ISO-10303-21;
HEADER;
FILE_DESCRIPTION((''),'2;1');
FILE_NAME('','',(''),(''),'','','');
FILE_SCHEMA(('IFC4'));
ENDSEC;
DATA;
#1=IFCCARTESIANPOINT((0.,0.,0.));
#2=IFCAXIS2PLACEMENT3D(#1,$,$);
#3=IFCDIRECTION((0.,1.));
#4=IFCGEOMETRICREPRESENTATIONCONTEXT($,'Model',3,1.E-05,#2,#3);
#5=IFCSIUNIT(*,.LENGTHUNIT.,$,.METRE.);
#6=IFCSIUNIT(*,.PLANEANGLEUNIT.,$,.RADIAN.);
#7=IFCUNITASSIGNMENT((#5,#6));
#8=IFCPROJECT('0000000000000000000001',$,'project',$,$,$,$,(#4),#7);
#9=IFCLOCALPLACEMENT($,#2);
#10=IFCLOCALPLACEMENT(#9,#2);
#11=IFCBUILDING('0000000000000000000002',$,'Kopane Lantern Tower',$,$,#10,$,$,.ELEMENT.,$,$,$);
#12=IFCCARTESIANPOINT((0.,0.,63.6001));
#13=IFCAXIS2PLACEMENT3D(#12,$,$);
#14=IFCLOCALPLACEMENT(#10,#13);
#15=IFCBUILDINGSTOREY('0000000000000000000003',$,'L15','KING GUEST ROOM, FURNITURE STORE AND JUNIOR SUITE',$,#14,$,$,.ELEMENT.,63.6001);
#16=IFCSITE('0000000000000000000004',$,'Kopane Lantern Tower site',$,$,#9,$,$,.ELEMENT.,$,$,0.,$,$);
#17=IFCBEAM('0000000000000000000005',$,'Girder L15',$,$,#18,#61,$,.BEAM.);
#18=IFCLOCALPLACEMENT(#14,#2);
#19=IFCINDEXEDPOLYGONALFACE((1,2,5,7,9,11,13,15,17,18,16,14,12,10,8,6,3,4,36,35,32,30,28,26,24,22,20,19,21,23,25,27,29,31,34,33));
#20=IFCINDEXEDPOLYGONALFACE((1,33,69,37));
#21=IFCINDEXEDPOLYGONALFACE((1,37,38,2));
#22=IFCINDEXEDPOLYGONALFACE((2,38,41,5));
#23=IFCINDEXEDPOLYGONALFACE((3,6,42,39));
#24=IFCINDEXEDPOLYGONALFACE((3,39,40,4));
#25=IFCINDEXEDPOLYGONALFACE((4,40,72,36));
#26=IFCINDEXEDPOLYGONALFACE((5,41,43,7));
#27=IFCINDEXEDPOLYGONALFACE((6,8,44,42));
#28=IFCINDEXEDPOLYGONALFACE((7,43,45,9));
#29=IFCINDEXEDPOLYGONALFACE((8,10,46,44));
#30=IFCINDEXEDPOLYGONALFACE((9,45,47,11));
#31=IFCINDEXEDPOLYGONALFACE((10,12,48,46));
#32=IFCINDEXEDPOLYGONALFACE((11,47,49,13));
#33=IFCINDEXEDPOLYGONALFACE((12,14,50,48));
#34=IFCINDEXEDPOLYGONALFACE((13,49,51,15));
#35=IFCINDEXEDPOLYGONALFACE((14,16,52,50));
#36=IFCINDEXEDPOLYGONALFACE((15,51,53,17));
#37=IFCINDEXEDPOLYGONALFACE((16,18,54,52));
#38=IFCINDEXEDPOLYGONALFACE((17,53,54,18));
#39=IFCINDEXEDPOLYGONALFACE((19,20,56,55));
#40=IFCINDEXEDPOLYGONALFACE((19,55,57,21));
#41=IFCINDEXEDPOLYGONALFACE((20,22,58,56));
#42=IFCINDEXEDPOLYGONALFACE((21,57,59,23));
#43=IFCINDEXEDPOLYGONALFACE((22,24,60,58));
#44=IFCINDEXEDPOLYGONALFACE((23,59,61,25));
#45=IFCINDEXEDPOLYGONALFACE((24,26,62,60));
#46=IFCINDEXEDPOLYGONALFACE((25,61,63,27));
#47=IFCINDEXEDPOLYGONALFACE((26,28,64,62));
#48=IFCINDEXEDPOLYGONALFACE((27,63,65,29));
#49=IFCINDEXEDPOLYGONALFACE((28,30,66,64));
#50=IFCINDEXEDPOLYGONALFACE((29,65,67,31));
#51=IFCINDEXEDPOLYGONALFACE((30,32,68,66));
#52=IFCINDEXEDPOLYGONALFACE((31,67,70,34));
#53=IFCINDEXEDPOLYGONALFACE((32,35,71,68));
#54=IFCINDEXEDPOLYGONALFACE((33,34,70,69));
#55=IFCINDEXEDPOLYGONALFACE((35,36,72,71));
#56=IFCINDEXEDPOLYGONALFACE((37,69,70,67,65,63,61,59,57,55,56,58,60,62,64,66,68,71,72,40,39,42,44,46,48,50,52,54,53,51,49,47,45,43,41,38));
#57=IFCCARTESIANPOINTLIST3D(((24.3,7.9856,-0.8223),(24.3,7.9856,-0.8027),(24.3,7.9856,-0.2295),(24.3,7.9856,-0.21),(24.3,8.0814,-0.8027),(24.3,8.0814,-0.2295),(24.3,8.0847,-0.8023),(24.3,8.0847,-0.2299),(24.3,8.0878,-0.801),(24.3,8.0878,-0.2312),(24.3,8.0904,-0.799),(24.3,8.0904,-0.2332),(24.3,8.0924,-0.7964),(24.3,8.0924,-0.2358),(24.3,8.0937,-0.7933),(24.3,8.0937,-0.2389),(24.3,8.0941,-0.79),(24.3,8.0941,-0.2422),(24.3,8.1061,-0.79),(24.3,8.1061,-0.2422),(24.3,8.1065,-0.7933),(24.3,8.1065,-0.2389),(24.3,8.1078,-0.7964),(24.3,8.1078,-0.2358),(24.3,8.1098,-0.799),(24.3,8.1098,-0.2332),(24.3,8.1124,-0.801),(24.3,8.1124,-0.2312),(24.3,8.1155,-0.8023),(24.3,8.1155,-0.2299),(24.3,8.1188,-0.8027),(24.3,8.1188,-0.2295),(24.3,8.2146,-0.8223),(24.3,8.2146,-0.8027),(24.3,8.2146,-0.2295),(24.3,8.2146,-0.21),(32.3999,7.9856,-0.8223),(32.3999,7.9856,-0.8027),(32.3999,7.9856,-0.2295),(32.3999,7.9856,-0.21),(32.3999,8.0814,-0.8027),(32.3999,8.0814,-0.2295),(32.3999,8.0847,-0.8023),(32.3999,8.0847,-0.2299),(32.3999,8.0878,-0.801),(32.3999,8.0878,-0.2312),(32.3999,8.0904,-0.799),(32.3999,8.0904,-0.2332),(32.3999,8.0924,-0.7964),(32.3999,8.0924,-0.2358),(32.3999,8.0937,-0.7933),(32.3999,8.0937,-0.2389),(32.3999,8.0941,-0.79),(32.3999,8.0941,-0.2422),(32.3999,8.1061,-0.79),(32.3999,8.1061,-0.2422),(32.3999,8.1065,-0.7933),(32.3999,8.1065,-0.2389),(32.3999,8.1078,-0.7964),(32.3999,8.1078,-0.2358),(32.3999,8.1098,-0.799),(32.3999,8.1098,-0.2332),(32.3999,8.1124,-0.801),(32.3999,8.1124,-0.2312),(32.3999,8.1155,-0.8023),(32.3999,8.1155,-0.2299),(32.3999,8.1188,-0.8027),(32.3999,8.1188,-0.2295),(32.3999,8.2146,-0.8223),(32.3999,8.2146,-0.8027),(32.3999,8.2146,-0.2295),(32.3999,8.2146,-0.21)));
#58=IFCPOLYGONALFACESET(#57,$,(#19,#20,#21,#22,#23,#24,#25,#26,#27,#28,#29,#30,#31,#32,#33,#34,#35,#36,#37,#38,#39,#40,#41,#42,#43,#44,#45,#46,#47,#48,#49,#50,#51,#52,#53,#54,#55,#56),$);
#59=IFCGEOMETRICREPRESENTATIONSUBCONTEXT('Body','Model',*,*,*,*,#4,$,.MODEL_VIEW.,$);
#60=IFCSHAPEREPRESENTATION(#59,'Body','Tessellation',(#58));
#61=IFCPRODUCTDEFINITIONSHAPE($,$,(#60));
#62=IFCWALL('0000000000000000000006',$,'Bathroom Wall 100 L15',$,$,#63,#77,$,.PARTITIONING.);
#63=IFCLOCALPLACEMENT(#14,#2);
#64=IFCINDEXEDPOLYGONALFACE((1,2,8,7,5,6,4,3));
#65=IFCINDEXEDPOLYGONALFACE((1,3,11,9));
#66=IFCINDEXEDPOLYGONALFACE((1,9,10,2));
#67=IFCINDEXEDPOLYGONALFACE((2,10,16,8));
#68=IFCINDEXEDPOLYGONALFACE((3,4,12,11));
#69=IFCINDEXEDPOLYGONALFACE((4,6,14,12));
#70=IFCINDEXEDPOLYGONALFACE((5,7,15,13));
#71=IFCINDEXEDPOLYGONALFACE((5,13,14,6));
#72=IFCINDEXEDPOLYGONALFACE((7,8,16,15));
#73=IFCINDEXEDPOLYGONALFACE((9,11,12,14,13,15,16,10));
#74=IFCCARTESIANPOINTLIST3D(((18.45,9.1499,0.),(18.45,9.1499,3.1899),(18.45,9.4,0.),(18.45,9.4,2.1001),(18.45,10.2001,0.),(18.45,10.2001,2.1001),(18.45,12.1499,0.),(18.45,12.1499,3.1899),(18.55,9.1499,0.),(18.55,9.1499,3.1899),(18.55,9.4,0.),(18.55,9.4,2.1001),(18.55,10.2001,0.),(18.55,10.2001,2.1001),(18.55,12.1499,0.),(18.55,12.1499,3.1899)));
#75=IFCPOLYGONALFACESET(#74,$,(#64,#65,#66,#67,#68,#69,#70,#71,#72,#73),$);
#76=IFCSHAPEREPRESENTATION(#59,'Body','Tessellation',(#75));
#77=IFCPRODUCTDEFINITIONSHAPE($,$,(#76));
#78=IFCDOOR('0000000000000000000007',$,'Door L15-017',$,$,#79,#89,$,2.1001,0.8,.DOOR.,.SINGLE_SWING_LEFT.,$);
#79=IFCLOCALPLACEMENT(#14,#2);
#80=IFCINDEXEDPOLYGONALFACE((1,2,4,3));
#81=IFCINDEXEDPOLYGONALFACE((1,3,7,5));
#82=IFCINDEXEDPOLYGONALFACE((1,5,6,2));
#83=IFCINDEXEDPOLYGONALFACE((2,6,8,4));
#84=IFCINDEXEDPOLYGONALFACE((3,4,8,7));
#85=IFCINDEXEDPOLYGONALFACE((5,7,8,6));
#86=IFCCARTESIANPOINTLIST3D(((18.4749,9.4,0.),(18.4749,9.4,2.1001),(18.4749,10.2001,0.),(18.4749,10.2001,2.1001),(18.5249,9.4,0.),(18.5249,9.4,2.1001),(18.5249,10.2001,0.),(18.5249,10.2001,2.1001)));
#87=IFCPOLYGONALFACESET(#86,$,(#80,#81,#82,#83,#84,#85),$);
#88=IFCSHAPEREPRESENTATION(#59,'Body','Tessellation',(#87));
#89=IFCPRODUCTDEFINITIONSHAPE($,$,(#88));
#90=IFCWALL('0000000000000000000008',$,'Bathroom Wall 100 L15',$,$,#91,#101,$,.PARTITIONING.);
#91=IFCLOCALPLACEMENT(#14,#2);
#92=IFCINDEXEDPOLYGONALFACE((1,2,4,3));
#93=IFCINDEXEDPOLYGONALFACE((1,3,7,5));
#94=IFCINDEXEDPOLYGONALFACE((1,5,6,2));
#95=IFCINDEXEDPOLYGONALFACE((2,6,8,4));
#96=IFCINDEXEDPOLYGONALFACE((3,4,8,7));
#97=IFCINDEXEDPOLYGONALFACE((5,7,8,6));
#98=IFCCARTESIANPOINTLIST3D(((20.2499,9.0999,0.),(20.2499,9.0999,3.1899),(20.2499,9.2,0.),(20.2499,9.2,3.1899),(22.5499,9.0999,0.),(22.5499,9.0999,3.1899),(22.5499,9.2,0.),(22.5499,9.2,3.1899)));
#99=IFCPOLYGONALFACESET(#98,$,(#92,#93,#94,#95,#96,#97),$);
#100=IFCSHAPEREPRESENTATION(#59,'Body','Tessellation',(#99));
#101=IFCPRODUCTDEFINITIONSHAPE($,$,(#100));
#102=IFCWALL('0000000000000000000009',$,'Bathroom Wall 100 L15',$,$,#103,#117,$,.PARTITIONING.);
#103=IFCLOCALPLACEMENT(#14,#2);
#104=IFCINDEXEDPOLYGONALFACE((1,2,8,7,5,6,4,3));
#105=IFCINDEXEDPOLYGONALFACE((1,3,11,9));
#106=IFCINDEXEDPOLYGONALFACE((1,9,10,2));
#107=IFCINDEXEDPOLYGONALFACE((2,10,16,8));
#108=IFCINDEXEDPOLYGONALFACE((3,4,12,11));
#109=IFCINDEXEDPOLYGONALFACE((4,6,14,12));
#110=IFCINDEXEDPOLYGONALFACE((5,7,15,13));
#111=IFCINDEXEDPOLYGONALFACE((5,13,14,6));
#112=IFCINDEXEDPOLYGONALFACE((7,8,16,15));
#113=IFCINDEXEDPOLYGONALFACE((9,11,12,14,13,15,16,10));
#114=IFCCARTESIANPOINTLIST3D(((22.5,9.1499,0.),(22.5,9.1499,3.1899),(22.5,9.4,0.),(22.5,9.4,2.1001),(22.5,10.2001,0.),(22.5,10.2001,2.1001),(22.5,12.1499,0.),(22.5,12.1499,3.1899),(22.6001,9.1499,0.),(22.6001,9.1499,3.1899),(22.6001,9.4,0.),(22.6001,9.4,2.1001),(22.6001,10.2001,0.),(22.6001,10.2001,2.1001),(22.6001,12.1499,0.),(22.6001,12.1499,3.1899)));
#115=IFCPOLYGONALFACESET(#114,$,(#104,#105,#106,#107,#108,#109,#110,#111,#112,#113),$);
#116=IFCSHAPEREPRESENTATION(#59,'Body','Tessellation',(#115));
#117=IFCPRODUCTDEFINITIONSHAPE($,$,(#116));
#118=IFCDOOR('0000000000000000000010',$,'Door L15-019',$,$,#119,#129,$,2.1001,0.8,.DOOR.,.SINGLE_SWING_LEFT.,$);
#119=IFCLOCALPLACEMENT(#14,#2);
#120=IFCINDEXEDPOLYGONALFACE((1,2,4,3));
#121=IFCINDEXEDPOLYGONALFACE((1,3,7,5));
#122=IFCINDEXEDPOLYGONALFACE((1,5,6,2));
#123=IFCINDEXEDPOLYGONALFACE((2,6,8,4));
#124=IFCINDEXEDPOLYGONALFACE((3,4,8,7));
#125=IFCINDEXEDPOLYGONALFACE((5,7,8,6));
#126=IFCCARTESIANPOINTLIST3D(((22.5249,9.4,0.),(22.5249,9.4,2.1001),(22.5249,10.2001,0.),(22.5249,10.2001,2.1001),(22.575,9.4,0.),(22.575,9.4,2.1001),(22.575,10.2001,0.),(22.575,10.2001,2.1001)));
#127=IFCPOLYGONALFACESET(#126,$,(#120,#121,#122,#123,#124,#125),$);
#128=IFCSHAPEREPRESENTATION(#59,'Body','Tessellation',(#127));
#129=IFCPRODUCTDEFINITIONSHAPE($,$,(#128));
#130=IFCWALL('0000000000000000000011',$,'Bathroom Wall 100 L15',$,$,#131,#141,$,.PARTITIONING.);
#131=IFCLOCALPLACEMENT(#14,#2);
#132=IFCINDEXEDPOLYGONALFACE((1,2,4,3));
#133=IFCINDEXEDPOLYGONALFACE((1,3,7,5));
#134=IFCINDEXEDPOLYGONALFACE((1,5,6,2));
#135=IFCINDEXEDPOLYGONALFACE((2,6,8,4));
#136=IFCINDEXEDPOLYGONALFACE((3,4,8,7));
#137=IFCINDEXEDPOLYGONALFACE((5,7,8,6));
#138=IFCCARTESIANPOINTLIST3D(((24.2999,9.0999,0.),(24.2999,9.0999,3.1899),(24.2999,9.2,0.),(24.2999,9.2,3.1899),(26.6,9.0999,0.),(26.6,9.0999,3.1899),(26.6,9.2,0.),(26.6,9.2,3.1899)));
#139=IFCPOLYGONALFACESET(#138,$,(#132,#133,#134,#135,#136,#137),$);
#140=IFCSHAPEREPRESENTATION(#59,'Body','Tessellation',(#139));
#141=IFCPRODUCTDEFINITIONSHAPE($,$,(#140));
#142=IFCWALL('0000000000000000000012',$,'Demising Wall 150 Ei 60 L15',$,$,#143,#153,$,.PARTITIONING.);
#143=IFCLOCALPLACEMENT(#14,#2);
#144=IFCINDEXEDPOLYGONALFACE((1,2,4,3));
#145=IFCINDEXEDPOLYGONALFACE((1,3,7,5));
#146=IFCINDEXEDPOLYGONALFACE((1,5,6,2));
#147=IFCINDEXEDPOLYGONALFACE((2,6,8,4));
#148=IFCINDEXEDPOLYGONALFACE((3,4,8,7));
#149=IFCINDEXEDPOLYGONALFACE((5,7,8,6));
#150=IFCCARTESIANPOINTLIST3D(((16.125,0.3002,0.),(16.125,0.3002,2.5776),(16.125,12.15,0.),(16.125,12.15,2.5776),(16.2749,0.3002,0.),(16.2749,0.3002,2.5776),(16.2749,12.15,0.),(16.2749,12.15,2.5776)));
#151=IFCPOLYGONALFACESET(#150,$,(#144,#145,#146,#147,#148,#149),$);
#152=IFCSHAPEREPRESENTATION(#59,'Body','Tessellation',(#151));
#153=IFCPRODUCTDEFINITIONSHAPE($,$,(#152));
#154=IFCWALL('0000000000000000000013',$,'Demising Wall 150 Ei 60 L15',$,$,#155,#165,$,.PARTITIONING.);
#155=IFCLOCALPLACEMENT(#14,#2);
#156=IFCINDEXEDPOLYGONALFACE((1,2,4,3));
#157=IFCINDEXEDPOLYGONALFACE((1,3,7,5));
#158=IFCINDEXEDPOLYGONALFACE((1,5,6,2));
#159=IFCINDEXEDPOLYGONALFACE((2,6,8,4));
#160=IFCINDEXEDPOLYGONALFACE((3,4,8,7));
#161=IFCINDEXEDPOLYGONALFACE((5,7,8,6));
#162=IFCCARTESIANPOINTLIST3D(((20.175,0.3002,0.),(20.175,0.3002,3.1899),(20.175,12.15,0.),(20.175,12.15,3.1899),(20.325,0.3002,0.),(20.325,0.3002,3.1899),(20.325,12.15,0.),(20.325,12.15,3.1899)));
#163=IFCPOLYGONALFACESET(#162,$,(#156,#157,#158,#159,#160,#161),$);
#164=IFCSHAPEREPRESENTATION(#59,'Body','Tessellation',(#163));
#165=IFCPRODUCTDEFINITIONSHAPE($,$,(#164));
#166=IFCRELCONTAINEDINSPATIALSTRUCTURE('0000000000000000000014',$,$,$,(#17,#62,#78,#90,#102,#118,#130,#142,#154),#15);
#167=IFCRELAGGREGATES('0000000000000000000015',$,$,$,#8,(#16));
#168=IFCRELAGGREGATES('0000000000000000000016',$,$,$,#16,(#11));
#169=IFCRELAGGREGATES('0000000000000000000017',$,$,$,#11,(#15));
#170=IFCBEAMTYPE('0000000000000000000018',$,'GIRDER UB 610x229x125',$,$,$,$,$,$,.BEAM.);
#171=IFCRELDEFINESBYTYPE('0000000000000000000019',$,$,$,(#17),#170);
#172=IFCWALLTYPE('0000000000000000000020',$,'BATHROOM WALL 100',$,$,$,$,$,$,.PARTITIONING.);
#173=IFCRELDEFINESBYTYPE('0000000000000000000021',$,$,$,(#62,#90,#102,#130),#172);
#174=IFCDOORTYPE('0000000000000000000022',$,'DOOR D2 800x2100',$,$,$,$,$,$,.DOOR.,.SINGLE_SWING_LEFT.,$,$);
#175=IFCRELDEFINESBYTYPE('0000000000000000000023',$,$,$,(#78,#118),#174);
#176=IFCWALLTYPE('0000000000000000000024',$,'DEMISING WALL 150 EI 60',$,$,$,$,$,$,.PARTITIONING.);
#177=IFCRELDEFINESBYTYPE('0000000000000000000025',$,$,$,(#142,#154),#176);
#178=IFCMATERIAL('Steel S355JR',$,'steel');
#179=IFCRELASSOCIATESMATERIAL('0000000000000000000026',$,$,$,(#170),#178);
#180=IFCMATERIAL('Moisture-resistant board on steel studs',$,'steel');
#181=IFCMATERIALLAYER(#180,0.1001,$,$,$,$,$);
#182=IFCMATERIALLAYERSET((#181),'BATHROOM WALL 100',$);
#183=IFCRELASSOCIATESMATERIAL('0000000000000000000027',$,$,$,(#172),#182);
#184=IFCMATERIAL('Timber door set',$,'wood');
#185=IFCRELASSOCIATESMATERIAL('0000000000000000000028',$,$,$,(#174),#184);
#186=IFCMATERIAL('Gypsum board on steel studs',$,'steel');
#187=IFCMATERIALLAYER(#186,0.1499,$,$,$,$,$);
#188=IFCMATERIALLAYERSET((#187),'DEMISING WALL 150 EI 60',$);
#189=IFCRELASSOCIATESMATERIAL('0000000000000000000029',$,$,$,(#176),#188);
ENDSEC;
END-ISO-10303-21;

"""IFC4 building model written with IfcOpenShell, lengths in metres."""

from ifc_helpers import new_model, si_unit, direction, frame, frame_2d, origin, origin_2d, place, context, subcontext, project, spatial, rectangle, i_section, extrude, material, layer, layer_set, material_profile, profile_set, type_object, element, fill, save


model = new_model("IFC4")

# Units and contexts
model_context = context("Model", 3, precision=1e-05, world=origin(), true_north=direction((0.0, 1.0)))
body_context = subcontext(model_context, "Body", "Model", "MODEL_VIEW")
ifc_project = project(units=[si_unit("LENGTHUNIT", "METRE"), si_unit("PLANEANGLEUNIT", "RADIAN")], contexts=[model_context])

# Site, building, storey
site_placement = place(None, origin())
site = spatial("IfcSite", under=ifc_project, at=site_placement, Name="Kopane Lantern Tower site", CompositionType="ELEMENT", RefElevation=0.0)
building_placement = place(site_placement, origin())
building = spatial("IfcBuilding", under=site, at=building_placement, Name="Kopane Lantern Tower", CompositionType="ELEMENT")
storey_placement = place(building_placement, frame((0.0, 0.0, 63.6001)))
storey = spatial("IfcBuildingStorey", under=building, at=storey_placement, Name="L15", Description="KING GUEST ROOM, FURNITURE STORE AND JUNIOR SUITE", CompositionType="ELEMENT", Elevation=63.6001)

# Beam
ifc_material_1 = material(Name="Steel S355JR", Category="steel")
ifc_material_profile_1 = material_profile(ifc_material_1, i_section(OverallWidth=0.229, OverallDepth=0.6123, WebThickness=0.012, FlangeThickness=0.0195, FilletRadius=0.0127, at=origin_2d()), Name="UB 610x229x125")
ifc_profile_set_1 = profile_set([ifc_material_profile_1], Name="Steel S355JR")
beam_type = type_object("IfcBeamType", Name="GIRDER UB 610x229x125", PredefinedType="BEAM", material=ifc_profile_set_1)
for number, where, z_axis, x_axis, name in (
    (1, (24.3, 8.1001, -0.5161), (1.0, 0.0, 0.0), (0.0, 1.0, 0.0), "Girder L15"),
):
    element("IfcBeam", number, at=place(storey_placement, frame(where, z_axis=z_axis, x_axis=x_axis)), inside=storey, type_object=beam_type, Name=name, PredefinedType="BEAM", context=body_context, shape_type="SweptSolid", body=[
        extrude(i_section(OverallWidth=0.229, OverallDepth=0.6123, WebThickness=0.012, FlangeThickness=0.0195, FilletRadius=0.0127, at=origin_2d()), origin(), (0.0, 0.0, 1.0), 8.0999),
    ])

# Wall, opening, door
ifc_material_2 = material(Name="Moisture-resistant board on steel studs", Category="steel")
ifc_layer_1 = layer(ifc_material_2, 0.1001)
ifc_layer_set_1 = layer_set([ifc_layer_1], Name="BATHROOM WALL 100")
wall_type_1 = type_object("IfcWallType", Name="BATHROOM WALL 100", PredefinedType="PARTITIONING", material=ifc_layer_set_1)
wall_1_placement = place(storey_placement, frame((18.5, 12.1499, 0.0), z_axis=(0.0, 0.0, 1.0), x_axis=(0.0, -1.0, 0.0)))
wall_1 = element("IfcWall", 2, at=wall_1_placement, inside=storey, type_object=wall_type_1, Name="Bathroom Wall 100 L15", PredefinedType="PARTITIONING", context=body_context, shape_type="SweptSolid", body=[
    extrude(rectangle(XDim=3.0, YDim=0.1001, at=frame_2d((1.5, 0.0))), origin(), (0.0, 0.0, 1.0), 3.1899),
])
opening_1_placement = place(wall_1_placement, frame((1.95, 0.0, 0.0)))
opening_1 = element("IfcOpeningElement", 3, at=opening_1_placement, cuts=wall_1, PredefinedType="OPENING", context=body_context, shape_type="SweptSolid", body=[
    extrude(rectangle(XDim=0.8, YDim=2.1001, at=frame_2d((0.3999, 1.05))), frame((0.0, 0.0601, 0.0), z_axis=(0.0, -1.0, 0.0), x_axis=(1.0, 0.0, 0.0)), (0.0, 0.0, 1.0), 0.1201),
])
ifc_material_3 = material(Name="Timber door set", Category="wood")
door_type = type_object("IfcDoorType", Name="DOOR D2 800x2100", OperationType="SINGLE_SWING_LEFT", PredefinedType="DOOR", material=ifc_material_3)
door_1_placement = place(opening_1_placement, origin())
door_1 = element("IfcDoor", 4, at=door_1_placement, inside=storey, type_object=door_type, Name="Door L15-017", OperationType="SINGLE_SWING_LEFT", OverallHeight=2.1001, OverallWidth=0.8, PredefinedType="DOOR", context=body_context, shape_type="SweptSolid", body=[
    extrude(rectangle(XDim=0.8, YDim=2.1001, at=frame_2d((0.3999, 1.05))), frame((0.0, 0.0249, 0.0), z_axis=(0.0, -1.0, 0.0), x_axis=(1.0, 0.0, 0.0)), (0.0, 0.0, 1.0), 0.05),
])
fill(opening_1, door_1)

# Wall
wall_2_placement = place(storey_placement, frame((20.25, 9.1499, 0.0), z_axis=(0.0, 0.0, 1.0), x_axis=(1.0, 0.0, 0.0)))
element("IfcWall", 5, at=wall_2_placement, inside=storey, type_object=wall_type_1, Name="Bathroom Wall 100 L15", PredefinedType="PARTITIONING", context=body_context, shape_type="SweptSolid", body=[
    extrude(rectangle(XDim=2.3, YDim=0.1001, at=frame_2d((1.1499, 0.0))), origin(), (0.0, 0.0, 1.0), 3.1899),
])

# Wall, opening, door
wall_3_placement = place(storey_placement, frame((22.55, 12.1499, 0.0), z_axis=(0.0, 0.0, 1.0), x_axis=(0.0, -1.0, 0.0)))
wall_3 = element("IfcWall", 6, at=wall_3_placement, inside=storey, type_object=wall_type_1, Name="Bathroom Wall 100 L15", PredefinedType="PARTITIONING", context=body_context, shape_type="SweptSolid", body=[
    extrude(rectangle(XDim=3.0, YDim=0.1001, at=frame_2d((1.5, 0.0))), origin(), (0.0, 0.0, 1.0), 3.1899),
])
opening_2_placement = place(wall_3_placement, frame((1.95, 0.0, 0.0)))
opening_2 = element("IfcOpeningElement", 7, at=opening_2_placement, cuts=wall_3, PredefinedType="OPENING", context=body_context, shape_type="SweptSolid", body=[
    extrude(rectangle(XDim=0.8, YDim=2.1001, at=frame_2d((0.3999, 1.05))), frame((0.0, 0.0601, 0.0), z_axis=(0.0, -1.0, 0.0), x_axis=(1.0, 0.0, 0.0)), (0.0, 0.0, 1.0), 0.1201),
])
door_2_placement = place(opening_2_placement, origin())
door_2 = element("IfcDoor", 8, at=door_2_placement, inside=storey, type_object=door_type, Name="Door L15-019", OperationType="SINGLE_SWING_LEFT", OverallHeight=2.1001, OverallWidth=0.8, PredefinedType="DOOR", context=body_context, shape_type="SweptSolid", body=[
    extrude(rectangle(XDim=0.8, YDim=2.1001, at=frame_2d((0.3999, 1.05))), frame((0.0, 0.0249, 0.0), z_axis=(0.0, -1.0, 0.0), x_axis=(1.0, 0.0, 0.0)), (0.0, 0.0, 1.0), 0.05),
])
fill(opening_2, door_2)

# Walls
wall_4_placement = place(storey_placement, frame((24.3, 9.1499, 0.0), z_axis=(0.0, 0.0, 1.0), x_axis=(1.0, 0.0, 0.0)))
element("IfcWall", 9, at=wall_4_placement, inside=storey, type_object=wall_type_1, Name="Bathroom Wall 100 L15", PredefinedType="PARTITIONING", context=body_context, shape_type="SweptSolid", body=[
    extrude(rectangle(XDim=2.3, YDim=0.1001, at=frame_2d((1.1499, 0.0))), origin(), (0.0, 0.0, 1.0), 3.1899),
])
ifc_material_4 = material(Name="Gypsum board on steel studs", Category="steel")
ifc_layer_2 = layer(ifc_material_4, 0.1499)
ifc_layer_set_2 = layer_set([ifc_layer_2], Name="DEMISING WALL 150 EI 60")
wall_type_2 = type_object("IfcWallType", Name="DEMISING WALL 150 EI 60", PredefinedType="PARTITIONING", material=ifc_layer_set_2)
wall_5_placement = place(storey_placement, frame((16.2, 12.1499, 0.0), z_axis=(0.0, 0.0, 1.0), x_axis=(0.0, -1.0, 0.0)))
element("IfcWall", 10, at=wall_5_placement, inside=storey, type_object=wall_type_2, Name="Demising Wall 150 Ei 60 L15", PredefinedType="PARTITIONING", context=body_context, shape_type="SweptSolid", body=[
    extrude(rectangle(XDim=11.8499, YDim=0.1499, at=frame_2d((5.9248, 0.0))), origin(), (0.0, 0.0, 1.0), 2.5776),
])
wall_6_placement = place(storey_placement, frame((20.25, 12.1499, 0.0), z_axis=(0.0, 0.0, 1.0), x_axis=(0.0, -1.0, 0.0)))
element("IfcWall", 11, at=wall_6_placement, inside=storey, type_object=wall_type_2, Name="Demising Wall 150 Ei 60 L15", PredefinedType="PARTITIONING", context=body_context, shape_type="SweptSolid", body=[
    extrude(rectangle(XDim=11.8499, YDim=0.1499, at=frame_2d((5.9248, 0.0))), origin(), (0.0, 0.0, 1.0), 3.1899),
])

save(model, "model.ifc")
